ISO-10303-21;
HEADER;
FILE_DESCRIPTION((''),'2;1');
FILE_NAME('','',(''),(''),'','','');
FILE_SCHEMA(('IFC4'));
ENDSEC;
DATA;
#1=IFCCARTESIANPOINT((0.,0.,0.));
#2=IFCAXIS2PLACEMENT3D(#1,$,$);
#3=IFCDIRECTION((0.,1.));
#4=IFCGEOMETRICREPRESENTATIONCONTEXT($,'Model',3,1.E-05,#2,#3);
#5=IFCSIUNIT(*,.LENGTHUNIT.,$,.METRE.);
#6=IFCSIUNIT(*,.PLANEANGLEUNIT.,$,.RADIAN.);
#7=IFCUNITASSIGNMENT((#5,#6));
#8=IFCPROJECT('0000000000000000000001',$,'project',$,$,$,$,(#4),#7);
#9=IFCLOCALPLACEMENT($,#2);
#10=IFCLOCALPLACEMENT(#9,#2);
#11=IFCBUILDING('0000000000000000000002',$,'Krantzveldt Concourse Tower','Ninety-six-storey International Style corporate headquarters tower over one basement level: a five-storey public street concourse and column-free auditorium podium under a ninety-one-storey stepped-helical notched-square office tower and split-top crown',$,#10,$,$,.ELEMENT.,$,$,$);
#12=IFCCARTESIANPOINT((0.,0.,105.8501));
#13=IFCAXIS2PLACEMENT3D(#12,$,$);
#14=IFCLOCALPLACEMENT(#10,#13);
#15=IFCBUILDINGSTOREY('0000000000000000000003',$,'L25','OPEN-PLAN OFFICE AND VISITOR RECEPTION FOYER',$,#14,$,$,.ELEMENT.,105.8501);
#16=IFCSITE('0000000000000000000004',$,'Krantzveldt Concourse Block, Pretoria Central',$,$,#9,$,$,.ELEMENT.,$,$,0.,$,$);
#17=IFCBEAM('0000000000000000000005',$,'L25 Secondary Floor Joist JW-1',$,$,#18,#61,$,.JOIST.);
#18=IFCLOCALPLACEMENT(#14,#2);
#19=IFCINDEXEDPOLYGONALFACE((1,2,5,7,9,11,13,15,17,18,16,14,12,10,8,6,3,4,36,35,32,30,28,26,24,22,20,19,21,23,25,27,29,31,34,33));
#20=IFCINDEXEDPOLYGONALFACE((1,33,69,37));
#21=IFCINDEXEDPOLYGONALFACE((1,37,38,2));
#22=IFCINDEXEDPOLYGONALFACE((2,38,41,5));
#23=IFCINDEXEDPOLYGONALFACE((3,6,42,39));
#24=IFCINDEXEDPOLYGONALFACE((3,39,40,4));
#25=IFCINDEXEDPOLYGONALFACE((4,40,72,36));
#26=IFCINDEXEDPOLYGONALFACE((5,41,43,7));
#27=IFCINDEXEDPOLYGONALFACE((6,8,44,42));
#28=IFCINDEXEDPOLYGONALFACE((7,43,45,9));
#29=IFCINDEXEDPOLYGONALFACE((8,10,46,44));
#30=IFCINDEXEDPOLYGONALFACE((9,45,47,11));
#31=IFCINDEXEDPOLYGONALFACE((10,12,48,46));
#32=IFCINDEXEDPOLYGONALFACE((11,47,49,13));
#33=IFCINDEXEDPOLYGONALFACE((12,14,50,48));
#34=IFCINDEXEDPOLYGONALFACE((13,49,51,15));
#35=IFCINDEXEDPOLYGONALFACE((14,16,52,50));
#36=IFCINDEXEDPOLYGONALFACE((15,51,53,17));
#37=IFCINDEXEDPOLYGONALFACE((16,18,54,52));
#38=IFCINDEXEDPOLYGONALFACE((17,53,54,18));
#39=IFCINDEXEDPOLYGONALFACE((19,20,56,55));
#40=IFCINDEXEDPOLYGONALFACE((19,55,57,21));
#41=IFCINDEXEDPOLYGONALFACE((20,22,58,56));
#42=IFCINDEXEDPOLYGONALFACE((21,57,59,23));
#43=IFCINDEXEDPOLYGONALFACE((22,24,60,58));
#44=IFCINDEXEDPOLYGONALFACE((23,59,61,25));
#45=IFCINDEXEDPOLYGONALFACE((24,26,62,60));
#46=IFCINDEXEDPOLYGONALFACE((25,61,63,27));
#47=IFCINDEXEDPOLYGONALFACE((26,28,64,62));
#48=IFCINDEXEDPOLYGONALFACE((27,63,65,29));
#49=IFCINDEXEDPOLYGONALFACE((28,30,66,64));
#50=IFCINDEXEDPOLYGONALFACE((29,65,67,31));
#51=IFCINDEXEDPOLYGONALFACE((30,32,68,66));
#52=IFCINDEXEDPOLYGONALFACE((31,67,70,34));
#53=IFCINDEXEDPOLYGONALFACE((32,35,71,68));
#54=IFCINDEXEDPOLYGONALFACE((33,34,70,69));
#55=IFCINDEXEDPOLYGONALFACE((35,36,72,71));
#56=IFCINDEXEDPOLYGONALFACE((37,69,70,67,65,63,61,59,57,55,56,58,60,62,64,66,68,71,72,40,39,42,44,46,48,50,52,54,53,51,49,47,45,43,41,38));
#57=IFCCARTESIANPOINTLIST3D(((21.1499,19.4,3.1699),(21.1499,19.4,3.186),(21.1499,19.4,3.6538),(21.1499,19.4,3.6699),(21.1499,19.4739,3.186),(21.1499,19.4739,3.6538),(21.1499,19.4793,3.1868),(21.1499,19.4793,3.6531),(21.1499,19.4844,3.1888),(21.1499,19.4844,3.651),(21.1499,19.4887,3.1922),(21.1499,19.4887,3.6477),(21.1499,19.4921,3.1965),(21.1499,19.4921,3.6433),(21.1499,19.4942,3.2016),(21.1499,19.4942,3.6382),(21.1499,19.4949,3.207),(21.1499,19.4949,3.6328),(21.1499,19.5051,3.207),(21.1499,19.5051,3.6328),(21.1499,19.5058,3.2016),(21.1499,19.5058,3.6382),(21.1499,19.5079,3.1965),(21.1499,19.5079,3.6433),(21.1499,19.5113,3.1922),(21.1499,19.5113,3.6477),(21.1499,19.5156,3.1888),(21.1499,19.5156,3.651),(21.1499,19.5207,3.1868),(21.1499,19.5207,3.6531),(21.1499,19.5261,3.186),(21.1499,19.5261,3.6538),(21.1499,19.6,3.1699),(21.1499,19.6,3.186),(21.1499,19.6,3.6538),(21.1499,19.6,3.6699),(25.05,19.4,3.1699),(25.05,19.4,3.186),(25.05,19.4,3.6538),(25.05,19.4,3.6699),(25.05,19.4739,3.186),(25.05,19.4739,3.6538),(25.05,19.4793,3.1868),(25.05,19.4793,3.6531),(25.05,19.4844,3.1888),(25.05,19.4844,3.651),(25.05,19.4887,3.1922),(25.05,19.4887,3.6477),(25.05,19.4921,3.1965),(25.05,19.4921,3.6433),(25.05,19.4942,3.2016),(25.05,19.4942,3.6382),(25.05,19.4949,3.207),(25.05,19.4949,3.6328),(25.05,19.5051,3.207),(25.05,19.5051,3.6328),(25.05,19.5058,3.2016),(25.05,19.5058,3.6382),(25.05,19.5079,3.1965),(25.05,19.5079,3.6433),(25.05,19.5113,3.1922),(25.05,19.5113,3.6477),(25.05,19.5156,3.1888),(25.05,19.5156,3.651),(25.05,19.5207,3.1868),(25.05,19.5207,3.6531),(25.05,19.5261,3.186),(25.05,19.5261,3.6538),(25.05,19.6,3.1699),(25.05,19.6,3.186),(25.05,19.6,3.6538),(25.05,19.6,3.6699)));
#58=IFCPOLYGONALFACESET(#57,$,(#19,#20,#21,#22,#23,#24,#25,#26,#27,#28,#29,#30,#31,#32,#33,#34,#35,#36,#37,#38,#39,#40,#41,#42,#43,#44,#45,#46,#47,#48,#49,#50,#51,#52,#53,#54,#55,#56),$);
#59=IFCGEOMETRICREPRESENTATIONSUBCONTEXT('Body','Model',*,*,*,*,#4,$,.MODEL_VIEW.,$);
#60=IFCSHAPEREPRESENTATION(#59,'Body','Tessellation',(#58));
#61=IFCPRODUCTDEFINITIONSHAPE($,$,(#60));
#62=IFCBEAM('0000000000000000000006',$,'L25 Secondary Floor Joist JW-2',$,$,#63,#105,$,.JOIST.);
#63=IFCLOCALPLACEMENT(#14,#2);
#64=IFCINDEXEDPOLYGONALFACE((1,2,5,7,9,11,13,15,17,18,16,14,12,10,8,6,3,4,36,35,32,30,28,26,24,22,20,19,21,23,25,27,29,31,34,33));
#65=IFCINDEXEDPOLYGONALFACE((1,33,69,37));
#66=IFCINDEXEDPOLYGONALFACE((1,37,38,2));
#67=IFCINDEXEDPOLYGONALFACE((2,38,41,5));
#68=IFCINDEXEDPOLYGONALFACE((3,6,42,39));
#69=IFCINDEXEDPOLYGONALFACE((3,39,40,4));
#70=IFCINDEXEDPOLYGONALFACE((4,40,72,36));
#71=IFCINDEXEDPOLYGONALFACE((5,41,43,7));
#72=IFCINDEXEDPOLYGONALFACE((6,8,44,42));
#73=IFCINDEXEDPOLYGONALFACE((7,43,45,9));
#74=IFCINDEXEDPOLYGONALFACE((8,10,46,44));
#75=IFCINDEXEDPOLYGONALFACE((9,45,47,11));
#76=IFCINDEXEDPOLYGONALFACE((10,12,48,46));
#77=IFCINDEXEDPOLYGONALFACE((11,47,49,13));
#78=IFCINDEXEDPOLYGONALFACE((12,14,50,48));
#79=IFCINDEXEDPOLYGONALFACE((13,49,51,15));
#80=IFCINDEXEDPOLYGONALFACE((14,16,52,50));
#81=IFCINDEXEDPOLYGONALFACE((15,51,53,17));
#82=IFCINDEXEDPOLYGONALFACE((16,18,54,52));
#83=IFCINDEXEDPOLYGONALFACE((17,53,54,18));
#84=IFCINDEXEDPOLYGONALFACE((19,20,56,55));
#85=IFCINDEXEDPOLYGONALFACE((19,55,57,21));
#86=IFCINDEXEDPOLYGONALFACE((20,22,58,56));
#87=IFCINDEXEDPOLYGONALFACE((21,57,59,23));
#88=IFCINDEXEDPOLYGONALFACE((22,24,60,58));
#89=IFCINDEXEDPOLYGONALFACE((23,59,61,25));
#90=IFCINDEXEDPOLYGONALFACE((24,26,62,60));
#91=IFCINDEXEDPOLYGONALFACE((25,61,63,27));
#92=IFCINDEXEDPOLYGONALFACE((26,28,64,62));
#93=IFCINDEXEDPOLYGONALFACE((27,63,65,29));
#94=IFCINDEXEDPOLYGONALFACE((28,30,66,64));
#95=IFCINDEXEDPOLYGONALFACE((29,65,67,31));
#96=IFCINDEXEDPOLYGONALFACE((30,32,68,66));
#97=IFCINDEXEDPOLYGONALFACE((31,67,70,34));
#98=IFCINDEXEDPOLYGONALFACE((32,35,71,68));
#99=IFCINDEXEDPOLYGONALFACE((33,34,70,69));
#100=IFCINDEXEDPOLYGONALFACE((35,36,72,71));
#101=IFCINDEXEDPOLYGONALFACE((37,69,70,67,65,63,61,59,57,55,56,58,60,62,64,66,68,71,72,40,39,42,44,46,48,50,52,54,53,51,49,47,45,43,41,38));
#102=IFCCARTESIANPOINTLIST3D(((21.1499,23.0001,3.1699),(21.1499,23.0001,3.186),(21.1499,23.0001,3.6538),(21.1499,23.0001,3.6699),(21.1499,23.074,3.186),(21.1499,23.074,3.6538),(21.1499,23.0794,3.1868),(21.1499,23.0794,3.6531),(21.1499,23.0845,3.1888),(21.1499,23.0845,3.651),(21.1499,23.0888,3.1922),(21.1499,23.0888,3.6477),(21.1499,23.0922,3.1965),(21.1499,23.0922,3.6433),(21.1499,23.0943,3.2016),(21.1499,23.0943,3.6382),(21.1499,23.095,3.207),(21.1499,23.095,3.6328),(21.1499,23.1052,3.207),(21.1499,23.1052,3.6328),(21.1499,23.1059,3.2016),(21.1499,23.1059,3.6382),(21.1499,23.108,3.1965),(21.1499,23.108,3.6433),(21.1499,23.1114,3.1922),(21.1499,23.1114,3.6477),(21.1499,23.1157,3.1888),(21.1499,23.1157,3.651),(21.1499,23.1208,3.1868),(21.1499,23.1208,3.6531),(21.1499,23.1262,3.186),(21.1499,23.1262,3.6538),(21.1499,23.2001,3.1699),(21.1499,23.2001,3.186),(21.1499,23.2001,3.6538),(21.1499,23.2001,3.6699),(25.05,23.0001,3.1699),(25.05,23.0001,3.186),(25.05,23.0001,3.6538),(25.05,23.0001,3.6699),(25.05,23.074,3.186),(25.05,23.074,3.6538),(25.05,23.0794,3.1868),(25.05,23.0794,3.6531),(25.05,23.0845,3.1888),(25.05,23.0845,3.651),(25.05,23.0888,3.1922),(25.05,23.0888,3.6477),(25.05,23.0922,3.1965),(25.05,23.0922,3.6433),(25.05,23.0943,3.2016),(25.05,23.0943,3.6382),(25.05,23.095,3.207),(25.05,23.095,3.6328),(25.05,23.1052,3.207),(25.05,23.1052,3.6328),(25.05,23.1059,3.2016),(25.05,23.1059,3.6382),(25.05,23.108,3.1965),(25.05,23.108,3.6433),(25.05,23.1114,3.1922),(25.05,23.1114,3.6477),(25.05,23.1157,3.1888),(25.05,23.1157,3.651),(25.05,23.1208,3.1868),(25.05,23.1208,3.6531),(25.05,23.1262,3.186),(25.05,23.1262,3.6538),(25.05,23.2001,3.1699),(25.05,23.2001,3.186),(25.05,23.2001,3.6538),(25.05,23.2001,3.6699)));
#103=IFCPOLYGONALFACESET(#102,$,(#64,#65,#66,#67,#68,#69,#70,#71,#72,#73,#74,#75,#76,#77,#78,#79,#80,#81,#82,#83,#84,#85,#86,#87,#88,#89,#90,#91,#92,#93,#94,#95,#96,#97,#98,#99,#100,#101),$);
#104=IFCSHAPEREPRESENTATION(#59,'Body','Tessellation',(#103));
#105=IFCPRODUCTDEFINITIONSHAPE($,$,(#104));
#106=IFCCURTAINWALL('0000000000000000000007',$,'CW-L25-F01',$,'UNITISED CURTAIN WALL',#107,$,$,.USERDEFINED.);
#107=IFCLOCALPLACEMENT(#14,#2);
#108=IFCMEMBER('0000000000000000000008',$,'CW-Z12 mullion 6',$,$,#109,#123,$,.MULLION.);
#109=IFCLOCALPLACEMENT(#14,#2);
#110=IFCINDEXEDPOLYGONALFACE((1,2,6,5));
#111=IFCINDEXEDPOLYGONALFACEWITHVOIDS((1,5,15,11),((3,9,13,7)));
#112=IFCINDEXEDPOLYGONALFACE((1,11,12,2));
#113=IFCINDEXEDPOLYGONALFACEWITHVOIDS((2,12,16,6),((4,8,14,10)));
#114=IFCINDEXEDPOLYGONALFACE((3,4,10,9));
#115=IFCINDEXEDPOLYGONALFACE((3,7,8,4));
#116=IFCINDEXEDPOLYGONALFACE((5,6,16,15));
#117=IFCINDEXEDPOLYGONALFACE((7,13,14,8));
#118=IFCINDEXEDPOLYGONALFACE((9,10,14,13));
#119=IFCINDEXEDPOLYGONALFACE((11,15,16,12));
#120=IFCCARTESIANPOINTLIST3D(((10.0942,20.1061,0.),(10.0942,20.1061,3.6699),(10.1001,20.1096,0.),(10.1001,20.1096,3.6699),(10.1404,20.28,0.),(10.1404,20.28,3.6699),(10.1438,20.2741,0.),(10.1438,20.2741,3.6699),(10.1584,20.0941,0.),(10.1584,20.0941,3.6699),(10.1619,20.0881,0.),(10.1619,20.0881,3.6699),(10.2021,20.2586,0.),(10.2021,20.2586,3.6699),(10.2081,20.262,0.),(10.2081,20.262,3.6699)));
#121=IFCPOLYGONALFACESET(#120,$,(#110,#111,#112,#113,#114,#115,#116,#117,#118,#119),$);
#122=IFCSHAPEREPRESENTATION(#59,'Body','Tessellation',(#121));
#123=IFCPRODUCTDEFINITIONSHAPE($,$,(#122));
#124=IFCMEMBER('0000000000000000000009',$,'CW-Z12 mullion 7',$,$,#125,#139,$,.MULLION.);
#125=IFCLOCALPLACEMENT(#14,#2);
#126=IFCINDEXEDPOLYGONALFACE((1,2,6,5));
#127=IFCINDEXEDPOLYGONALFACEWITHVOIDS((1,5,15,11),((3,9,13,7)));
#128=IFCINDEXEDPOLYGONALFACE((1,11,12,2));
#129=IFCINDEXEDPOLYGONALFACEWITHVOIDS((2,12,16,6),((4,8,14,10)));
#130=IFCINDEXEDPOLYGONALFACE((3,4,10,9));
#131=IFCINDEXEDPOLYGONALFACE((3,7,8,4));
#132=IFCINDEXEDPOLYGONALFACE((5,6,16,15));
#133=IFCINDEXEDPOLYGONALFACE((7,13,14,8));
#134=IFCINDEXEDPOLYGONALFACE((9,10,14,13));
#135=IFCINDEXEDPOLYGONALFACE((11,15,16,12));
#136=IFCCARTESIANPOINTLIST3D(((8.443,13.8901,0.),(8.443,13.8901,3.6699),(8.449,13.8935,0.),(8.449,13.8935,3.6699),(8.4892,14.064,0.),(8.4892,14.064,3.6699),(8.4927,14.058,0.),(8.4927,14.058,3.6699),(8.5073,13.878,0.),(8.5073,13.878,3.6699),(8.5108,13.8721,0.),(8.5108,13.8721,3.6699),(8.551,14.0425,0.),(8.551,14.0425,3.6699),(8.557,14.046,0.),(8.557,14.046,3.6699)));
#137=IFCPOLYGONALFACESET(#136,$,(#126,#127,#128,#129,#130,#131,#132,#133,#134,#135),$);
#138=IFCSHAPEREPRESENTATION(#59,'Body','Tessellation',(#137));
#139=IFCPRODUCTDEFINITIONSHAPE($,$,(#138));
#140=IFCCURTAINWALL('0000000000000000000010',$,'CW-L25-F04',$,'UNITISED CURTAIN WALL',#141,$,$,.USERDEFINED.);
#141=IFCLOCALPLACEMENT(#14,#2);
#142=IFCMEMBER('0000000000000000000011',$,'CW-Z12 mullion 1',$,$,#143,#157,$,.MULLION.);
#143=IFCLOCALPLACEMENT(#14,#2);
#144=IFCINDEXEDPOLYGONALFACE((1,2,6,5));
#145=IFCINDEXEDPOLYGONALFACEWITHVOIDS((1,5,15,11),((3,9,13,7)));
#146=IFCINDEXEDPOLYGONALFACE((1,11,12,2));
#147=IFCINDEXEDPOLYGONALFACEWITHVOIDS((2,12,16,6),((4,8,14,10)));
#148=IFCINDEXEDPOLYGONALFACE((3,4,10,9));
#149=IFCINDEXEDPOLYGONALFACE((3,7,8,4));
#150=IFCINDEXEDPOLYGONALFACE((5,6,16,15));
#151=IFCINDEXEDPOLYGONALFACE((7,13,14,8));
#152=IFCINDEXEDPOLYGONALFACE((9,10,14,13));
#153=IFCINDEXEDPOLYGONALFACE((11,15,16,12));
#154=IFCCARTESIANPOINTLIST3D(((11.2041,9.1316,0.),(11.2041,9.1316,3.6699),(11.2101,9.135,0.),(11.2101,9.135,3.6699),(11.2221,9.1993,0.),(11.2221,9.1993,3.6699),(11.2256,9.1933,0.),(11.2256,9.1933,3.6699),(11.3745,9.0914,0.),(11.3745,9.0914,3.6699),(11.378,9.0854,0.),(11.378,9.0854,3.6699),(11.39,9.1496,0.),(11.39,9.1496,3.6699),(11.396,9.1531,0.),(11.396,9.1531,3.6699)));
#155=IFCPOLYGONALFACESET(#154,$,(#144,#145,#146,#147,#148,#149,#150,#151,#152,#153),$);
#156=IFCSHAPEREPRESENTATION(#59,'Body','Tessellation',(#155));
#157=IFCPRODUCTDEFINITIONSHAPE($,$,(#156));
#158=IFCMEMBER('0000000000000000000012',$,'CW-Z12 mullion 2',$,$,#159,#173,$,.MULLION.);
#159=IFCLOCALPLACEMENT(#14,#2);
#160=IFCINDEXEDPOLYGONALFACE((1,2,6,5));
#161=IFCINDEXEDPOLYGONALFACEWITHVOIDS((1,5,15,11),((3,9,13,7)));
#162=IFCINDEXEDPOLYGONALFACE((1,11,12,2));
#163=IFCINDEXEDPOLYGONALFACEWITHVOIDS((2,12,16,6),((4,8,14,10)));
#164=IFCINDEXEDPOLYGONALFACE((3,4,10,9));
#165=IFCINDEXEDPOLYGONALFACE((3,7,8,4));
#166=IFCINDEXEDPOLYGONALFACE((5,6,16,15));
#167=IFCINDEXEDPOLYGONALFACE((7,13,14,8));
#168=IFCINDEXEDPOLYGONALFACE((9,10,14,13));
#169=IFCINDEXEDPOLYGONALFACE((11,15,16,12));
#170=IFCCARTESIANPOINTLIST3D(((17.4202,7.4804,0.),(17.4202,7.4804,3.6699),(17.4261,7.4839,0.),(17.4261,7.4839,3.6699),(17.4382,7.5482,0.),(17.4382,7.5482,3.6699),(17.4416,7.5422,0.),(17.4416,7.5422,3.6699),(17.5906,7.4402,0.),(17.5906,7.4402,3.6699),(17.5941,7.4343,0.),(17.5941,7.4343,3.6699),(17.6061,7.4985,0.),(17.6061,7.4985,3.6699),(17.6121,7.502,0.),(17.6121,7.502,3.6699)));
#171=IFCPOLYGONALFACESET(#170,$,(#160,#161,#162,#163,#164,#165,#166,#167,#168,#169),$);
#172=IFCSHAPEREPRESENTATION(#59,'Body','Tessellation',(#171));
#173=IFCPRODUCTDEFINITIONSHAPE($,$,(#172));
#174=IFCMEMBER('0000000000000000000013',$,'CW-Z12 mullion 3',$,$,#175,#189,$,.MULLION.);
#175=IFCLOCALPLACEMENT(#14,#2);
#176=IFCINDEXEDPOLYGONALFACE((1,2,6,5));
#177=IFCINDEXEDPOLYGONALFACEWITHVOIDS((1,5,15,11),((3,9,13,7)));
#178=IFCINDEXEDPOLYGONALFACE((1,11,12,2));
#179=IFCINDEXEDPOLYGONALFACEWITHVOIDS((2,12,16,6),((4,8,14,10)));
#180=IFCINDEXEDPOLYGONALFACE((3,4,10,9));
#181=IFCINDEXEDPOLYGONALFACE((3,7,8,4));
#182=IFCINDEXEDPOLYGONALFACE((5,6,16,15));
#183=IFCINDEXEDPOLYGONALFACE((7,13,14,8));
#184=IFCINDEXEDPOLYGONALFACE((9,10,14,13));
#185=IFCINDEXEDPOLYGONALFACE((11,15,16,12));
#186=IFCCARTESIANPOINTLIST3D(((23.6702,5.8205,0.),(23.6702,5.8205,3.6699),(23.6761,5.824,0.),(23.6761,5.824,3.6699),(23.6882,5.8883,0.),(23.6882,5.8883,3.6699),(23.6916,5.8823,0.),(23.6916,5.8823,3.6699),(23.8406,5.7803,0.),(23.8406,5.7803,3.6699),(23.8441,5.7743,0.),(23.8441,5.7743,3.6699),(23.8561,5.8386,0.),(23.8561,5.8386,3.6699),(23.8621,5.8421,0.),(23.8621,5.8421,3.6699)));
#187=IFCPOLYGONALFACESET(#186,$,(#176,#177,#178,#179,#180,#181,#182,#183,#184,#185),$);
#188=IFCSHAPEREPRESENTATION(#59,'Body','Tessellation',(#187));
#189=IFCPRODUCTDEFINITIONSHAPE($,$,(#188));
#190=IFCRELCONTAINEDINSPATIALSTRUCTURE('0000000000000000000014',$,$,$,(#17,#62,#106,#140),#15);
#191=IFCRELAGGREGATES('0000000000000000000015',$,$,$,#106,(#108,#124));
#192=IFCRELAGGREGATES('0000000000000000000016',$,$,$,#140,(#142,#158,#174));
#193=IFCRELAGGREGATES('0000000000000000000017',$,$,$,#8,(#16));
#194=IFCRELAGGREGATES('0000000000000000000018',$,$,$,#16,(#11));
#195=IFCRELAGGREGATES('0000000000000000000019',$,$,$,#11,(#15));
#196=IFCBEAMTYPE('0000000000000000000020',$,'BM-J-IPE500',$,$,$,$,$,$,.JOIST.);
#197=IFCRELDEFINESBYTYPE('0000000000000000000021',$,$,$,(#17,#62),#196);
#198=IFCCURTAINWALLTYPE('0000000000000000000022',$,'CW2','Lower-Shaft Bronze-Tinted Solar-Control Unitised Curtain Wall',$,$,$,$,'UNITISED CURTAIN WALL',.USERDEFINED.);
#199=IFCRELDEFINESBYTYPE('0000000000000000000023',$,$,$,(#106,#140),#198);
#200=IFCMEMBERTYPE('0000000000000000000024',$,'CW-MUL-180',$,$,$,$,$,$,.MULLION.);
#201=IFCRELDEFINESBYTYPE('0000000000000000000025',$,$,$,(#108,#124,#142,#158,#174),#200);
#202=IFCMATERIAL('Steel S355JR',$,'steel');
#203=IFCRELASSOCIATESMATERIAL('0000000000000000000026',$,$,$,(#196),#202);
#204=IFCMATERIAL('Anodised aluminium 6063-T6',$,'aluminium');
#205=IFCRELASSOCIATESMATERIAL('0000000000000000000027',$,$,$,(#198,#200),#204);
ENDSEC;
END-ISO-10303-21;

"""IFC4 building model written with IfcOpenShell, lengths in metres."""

from ifc_helpers import new_model, si_unit, direction, frame, origin, origin_2d, place, context, subcontext, project, spatial, hollow_rectangle, i_section, extrude, source, transform, mapped, material, material_profile, profile_set, type_object, type_shapes, element, aggregate, save


model = new_model("IFC4")

# Units and contexts
model_context = context("Model", 3, precision=1e-05, world=origin(), true_north=direction((0.0, 1.0)))
body_context = subcontext(model_context, "Body", "Model", "MODEL_VIEW")
ifc_project = project(units=[si_unit("LENGTHUNIT", "METRE"), si_unit("PLANEANGLEUNIT", "RADIAN")], contexts=[model_context])

# Site, building, storey
site_placement = place(None, origin())
site = spatial("IfcSite", under=ifc_project, at=site_placement, Name="Krantzveldt Concourse Block, Pretoria Central", CompositionType="ELEMENT", RefElevation=0.0)
building_placement = place(site_placement, origin())
building = spatial("IfcBuilding", under=site, at=building_placement, Name="Krantzveldt Concourse Tower", Description="Ninety-six-storey International Style corporate headquarters tower over one basement level: a five-storey public street concourse and column-free auditorium podium under a ninety-one-storey stepped-helical notched-square office tower and split-top crown", CompositionType="ELEMENT")
storey_placement = place(building_placement, frame((0.0, 0.0, 105.8501)))
storey = spatial("IfcBuildingStorey", under=building, at=storey_placement, Name="L25", Description="OPEN-PLAN OFFICE AND VISITOR RECEPTION FOYER", CompositionType="ELEMENT", Elevation=105.8501)

# Beams
ifc_material_1 = material(Name="Steel S355JR", Category="steel")
ifc_material_profile_1 = material_profile(ifc_material_1, i_section(OverallWidth=0.2, OverallDepth=0.5, WebThickness=0.0103, FlangeThickness=0.0161, FilletRadius=0.021, at=origin_2d()), Name="Steel S355JR", Category="steel")
ifc_profile_set_1 = profile_set([ifc_material_profile_1], Name="Steel S355JR - IPE 500")
beam_type_1 = type_object("IfcBeamType", Name="BM-J-IPE500", PredefinedType="JOIST", material=ifc_profile_set_1)
shared_shape_1 = source(origin(), body_context, "Body", "SweptSolid", [
    extrude(i_section(OverallWidth=0.2, OverallDepth=0.5, WebThickness=0.0103, FlangeThickness=0.0161, FilletRadius=0.021, at=origin_2d()), origin(), (0.0, 0.0, 1.0), 3.9001),
])
type_shapes(beam_type_1, [shared_shape_1])
for number, where, z_axis, x_axis, name in (
    (1, (21.1499, 19.5, 3.4199), (1.0, 0.0, 0.0), (0.0, 1.0, 0.0), "L25 Secondary Floor Joist JW-1"),
    (2, (21.1499, 23.1001, 3.4199), (1.0, 0.0, 0.0), (0.0, 1.0, 0.0), "L25 Secondary Floor Joist JW-2"),
):
    element("IfcBeam", number, at=place(storey_placement, frame(where, z_axis=z_axis, x_axis=x_axis)), inside=storey, type_object=beam_type_1, Name=name, PredefinedType="JOIST", context=body_context, shape_type="MappedRepresentation", body=[
        mapped(shared_shape_1, transform((0.0, 0.0, 0.0), x_axis=(1.0, 0.0, 0.0), y_axis=(0.0, 1.0, 0.0), z_axis=(0.0, 0.0, 1.0), scale=1.0)),
    ])

# Curtain walls, members
ifc_material_2 = material(Name="Anodised aluminium 6063-T6", Category="aluminium")
curtain_wall_type = type_object("IfcCurtainWallType", Name="CW2", Description="Lower-Shaft Bronze-Tinted Solar-Control Unitised Curtain Wall", ElementType="UNITISED CURTAIN WALL", PredefinedType="USERDEFINED", material=ifc_material_2)
curtain_wall_1_placement = place(storey_placement, origin())
curtain_wall_1 = element("IfcCurtainWall", 3, at=curtain_wall_1_placement, inside=storey, type_object=curtain_wall_type, Name="CW-L25-F01", ObjectType="UNITISED CURTAIN WALL", PredefinedType="USERDEFINED")
ifc_material_profile_2 = material_profile(ifc_material_2, hollow_rectangle(XDim=0.0701, YDim=0.1799, WallThickness=0.0049, at=origin_2d()), Name="Anodised aluminium 6063-T6", Category="aluminium")
ifc_profile_set_2 = profile_set([ifc_material_profile_2], Name="Anodised aluminium 6063-T6 - ALU-MULL 180x70x5")
member_type_1 = type_object("IfcMemberType", Name="CW-MUL-180", PredefinedType="MULLION", material=ifc_profile_set_2)
shared_shape_2 = source(origin(), body_context, "Body", "SweptSolid", [
    extrude(hollow_rectangle(XDim=0.0701, YDim=0.1799, WallThickness=0.0049, at=origin_2d()), origin(), (0.0, 0.0, 1.0), 3.6699),
])
type_shapes(member_type_1, [shared_shape_2])
member_1_placement = place(storey_placement, frame((10.1511, 20.1841, 0.0), z_axis=(0.0, 0.0, 1.0), x_axis=(0.966488, -0.256711, 0.0)))
member_1 = element("IfcMember", 4, at=member_1_placement, type_object=member_type_1, Name="CW-Z12 mullion 6", PredefinedType="MULLION", context=body_context, shape_type="MappedRepresentation", body=[
    mapped(shared_shape_2, transform((0.0, 0.0, 0.0), x_axis=(1.0, 0.0, 0.0), y_axis=(0.0, 1.0, 0.0), z_axis=(0.0, 0.0, 1.0), scale=1.0)),
])
member_2_placement = place(storey_placement, frame((8.5, 13.968, 0.0), z_axis=(0.0, 0.0, 1.0), x_axis=(0.966488, -0.256711, 0.0)))
member_2 = element("IfcMember", 5, at=member_2_placement, type_object=member_type_1, Name="CW-Z12 mullion 7", PredefinedType="MULLION", context=body_context, shape_type="MappedRepresentation", body=[
    mapped(shared_shape_2, transform((0.0, 0.0, 0.0), x_axis=(1.0, 0.0, 0.0), y_axis=(0.0, 1.0, 0.0), z_axis=(0.0, 0.0, 1.0), scale=1.0)),
])
curtain_wall_2_placement = place(storey_placement, origin())
curtain_wall_2 = element("IfcCurtainWall", 6, at=curtain_wall_2_placement, inside=storey, type_object=curtain_wall_type, Name="CW-L25-F04", ObjectType="UNITISED CURTAIN WALL", PredefinedType="USERDEFINED")
member_3_placement = place(storey_placement, frame((11.3, 9.1423, 0.0), z_axis=(0.0, 0.0, 1.0), x_axis=(0.256711, 0.966488, 0.0)))
member_3 = element("IfcMember", 7, at=member_3_placement, type_object=member_type_1, Name="CW-Z12 mullion 1", PredefinedType="MULLION", context=body_context, shape_type="MappedRepresentation", body=[
    mapped(shared_shape_2, transform((0.0, 0.0, 0.0), x_axis=(1.0, 0.0, 0.0), y_axis=(0.0, 1.0, 0.0), z_axis=(0.0, 0.0, 1.0), scale=1.0)),
])
member_4_placement = place(storey_placement, frame((17.5161, 7.4912, 0.0), z_axis=(0.0, 0.0, 1.0), x_axis=(0.256711, 0.966488, 0.0)))
member_4 = element("IfcMember", 8, at=member_4_placement, type_object=member_type_1, Name="CW-Z12 mullion 2", PredefinedType="MULLION", context=body_context, shape_type="MappedRepresentation", body=[
    mapped(shared_shape_2, transform((0.0, 0.0, 0.0), x_axis=(1.0, 0.0, 0.0), y_axis=(0.0, 1.0, 0.0), z_axis=(0.0, 0.0, 1.0), scale=1.0)),
])
member_5_placement = place(storey_placement, frame((23.7661, 5.8313, 0.0), z_axis=(0.0, 0.0, 1.0), x_axis=(0.256711, 0.966488, 0.0)))
member_5 = element("IfcMember", 9, at=member_5_placement, type_object=member_type_1, Name="CW-Z12 mullion 3", PredefinedType="MULLION", context=body_context, shape_type="MappedRepresentation", body=[
    mapped(shared_shape_2, transform((0.0, 0.0, 0.0), x_axis=(1.0, 0.0, 0.0), y_axis=(0.0, 1.0, 0.0), z_axis=(0.0, 0.0, 1.0), scale=1.0)),
])

aggregate(curtain_wall_1, [member_1, member_2])
aggregate(curtain_wall_2, [member_3, member_4, member_5])

save(model, "model.ifc")
